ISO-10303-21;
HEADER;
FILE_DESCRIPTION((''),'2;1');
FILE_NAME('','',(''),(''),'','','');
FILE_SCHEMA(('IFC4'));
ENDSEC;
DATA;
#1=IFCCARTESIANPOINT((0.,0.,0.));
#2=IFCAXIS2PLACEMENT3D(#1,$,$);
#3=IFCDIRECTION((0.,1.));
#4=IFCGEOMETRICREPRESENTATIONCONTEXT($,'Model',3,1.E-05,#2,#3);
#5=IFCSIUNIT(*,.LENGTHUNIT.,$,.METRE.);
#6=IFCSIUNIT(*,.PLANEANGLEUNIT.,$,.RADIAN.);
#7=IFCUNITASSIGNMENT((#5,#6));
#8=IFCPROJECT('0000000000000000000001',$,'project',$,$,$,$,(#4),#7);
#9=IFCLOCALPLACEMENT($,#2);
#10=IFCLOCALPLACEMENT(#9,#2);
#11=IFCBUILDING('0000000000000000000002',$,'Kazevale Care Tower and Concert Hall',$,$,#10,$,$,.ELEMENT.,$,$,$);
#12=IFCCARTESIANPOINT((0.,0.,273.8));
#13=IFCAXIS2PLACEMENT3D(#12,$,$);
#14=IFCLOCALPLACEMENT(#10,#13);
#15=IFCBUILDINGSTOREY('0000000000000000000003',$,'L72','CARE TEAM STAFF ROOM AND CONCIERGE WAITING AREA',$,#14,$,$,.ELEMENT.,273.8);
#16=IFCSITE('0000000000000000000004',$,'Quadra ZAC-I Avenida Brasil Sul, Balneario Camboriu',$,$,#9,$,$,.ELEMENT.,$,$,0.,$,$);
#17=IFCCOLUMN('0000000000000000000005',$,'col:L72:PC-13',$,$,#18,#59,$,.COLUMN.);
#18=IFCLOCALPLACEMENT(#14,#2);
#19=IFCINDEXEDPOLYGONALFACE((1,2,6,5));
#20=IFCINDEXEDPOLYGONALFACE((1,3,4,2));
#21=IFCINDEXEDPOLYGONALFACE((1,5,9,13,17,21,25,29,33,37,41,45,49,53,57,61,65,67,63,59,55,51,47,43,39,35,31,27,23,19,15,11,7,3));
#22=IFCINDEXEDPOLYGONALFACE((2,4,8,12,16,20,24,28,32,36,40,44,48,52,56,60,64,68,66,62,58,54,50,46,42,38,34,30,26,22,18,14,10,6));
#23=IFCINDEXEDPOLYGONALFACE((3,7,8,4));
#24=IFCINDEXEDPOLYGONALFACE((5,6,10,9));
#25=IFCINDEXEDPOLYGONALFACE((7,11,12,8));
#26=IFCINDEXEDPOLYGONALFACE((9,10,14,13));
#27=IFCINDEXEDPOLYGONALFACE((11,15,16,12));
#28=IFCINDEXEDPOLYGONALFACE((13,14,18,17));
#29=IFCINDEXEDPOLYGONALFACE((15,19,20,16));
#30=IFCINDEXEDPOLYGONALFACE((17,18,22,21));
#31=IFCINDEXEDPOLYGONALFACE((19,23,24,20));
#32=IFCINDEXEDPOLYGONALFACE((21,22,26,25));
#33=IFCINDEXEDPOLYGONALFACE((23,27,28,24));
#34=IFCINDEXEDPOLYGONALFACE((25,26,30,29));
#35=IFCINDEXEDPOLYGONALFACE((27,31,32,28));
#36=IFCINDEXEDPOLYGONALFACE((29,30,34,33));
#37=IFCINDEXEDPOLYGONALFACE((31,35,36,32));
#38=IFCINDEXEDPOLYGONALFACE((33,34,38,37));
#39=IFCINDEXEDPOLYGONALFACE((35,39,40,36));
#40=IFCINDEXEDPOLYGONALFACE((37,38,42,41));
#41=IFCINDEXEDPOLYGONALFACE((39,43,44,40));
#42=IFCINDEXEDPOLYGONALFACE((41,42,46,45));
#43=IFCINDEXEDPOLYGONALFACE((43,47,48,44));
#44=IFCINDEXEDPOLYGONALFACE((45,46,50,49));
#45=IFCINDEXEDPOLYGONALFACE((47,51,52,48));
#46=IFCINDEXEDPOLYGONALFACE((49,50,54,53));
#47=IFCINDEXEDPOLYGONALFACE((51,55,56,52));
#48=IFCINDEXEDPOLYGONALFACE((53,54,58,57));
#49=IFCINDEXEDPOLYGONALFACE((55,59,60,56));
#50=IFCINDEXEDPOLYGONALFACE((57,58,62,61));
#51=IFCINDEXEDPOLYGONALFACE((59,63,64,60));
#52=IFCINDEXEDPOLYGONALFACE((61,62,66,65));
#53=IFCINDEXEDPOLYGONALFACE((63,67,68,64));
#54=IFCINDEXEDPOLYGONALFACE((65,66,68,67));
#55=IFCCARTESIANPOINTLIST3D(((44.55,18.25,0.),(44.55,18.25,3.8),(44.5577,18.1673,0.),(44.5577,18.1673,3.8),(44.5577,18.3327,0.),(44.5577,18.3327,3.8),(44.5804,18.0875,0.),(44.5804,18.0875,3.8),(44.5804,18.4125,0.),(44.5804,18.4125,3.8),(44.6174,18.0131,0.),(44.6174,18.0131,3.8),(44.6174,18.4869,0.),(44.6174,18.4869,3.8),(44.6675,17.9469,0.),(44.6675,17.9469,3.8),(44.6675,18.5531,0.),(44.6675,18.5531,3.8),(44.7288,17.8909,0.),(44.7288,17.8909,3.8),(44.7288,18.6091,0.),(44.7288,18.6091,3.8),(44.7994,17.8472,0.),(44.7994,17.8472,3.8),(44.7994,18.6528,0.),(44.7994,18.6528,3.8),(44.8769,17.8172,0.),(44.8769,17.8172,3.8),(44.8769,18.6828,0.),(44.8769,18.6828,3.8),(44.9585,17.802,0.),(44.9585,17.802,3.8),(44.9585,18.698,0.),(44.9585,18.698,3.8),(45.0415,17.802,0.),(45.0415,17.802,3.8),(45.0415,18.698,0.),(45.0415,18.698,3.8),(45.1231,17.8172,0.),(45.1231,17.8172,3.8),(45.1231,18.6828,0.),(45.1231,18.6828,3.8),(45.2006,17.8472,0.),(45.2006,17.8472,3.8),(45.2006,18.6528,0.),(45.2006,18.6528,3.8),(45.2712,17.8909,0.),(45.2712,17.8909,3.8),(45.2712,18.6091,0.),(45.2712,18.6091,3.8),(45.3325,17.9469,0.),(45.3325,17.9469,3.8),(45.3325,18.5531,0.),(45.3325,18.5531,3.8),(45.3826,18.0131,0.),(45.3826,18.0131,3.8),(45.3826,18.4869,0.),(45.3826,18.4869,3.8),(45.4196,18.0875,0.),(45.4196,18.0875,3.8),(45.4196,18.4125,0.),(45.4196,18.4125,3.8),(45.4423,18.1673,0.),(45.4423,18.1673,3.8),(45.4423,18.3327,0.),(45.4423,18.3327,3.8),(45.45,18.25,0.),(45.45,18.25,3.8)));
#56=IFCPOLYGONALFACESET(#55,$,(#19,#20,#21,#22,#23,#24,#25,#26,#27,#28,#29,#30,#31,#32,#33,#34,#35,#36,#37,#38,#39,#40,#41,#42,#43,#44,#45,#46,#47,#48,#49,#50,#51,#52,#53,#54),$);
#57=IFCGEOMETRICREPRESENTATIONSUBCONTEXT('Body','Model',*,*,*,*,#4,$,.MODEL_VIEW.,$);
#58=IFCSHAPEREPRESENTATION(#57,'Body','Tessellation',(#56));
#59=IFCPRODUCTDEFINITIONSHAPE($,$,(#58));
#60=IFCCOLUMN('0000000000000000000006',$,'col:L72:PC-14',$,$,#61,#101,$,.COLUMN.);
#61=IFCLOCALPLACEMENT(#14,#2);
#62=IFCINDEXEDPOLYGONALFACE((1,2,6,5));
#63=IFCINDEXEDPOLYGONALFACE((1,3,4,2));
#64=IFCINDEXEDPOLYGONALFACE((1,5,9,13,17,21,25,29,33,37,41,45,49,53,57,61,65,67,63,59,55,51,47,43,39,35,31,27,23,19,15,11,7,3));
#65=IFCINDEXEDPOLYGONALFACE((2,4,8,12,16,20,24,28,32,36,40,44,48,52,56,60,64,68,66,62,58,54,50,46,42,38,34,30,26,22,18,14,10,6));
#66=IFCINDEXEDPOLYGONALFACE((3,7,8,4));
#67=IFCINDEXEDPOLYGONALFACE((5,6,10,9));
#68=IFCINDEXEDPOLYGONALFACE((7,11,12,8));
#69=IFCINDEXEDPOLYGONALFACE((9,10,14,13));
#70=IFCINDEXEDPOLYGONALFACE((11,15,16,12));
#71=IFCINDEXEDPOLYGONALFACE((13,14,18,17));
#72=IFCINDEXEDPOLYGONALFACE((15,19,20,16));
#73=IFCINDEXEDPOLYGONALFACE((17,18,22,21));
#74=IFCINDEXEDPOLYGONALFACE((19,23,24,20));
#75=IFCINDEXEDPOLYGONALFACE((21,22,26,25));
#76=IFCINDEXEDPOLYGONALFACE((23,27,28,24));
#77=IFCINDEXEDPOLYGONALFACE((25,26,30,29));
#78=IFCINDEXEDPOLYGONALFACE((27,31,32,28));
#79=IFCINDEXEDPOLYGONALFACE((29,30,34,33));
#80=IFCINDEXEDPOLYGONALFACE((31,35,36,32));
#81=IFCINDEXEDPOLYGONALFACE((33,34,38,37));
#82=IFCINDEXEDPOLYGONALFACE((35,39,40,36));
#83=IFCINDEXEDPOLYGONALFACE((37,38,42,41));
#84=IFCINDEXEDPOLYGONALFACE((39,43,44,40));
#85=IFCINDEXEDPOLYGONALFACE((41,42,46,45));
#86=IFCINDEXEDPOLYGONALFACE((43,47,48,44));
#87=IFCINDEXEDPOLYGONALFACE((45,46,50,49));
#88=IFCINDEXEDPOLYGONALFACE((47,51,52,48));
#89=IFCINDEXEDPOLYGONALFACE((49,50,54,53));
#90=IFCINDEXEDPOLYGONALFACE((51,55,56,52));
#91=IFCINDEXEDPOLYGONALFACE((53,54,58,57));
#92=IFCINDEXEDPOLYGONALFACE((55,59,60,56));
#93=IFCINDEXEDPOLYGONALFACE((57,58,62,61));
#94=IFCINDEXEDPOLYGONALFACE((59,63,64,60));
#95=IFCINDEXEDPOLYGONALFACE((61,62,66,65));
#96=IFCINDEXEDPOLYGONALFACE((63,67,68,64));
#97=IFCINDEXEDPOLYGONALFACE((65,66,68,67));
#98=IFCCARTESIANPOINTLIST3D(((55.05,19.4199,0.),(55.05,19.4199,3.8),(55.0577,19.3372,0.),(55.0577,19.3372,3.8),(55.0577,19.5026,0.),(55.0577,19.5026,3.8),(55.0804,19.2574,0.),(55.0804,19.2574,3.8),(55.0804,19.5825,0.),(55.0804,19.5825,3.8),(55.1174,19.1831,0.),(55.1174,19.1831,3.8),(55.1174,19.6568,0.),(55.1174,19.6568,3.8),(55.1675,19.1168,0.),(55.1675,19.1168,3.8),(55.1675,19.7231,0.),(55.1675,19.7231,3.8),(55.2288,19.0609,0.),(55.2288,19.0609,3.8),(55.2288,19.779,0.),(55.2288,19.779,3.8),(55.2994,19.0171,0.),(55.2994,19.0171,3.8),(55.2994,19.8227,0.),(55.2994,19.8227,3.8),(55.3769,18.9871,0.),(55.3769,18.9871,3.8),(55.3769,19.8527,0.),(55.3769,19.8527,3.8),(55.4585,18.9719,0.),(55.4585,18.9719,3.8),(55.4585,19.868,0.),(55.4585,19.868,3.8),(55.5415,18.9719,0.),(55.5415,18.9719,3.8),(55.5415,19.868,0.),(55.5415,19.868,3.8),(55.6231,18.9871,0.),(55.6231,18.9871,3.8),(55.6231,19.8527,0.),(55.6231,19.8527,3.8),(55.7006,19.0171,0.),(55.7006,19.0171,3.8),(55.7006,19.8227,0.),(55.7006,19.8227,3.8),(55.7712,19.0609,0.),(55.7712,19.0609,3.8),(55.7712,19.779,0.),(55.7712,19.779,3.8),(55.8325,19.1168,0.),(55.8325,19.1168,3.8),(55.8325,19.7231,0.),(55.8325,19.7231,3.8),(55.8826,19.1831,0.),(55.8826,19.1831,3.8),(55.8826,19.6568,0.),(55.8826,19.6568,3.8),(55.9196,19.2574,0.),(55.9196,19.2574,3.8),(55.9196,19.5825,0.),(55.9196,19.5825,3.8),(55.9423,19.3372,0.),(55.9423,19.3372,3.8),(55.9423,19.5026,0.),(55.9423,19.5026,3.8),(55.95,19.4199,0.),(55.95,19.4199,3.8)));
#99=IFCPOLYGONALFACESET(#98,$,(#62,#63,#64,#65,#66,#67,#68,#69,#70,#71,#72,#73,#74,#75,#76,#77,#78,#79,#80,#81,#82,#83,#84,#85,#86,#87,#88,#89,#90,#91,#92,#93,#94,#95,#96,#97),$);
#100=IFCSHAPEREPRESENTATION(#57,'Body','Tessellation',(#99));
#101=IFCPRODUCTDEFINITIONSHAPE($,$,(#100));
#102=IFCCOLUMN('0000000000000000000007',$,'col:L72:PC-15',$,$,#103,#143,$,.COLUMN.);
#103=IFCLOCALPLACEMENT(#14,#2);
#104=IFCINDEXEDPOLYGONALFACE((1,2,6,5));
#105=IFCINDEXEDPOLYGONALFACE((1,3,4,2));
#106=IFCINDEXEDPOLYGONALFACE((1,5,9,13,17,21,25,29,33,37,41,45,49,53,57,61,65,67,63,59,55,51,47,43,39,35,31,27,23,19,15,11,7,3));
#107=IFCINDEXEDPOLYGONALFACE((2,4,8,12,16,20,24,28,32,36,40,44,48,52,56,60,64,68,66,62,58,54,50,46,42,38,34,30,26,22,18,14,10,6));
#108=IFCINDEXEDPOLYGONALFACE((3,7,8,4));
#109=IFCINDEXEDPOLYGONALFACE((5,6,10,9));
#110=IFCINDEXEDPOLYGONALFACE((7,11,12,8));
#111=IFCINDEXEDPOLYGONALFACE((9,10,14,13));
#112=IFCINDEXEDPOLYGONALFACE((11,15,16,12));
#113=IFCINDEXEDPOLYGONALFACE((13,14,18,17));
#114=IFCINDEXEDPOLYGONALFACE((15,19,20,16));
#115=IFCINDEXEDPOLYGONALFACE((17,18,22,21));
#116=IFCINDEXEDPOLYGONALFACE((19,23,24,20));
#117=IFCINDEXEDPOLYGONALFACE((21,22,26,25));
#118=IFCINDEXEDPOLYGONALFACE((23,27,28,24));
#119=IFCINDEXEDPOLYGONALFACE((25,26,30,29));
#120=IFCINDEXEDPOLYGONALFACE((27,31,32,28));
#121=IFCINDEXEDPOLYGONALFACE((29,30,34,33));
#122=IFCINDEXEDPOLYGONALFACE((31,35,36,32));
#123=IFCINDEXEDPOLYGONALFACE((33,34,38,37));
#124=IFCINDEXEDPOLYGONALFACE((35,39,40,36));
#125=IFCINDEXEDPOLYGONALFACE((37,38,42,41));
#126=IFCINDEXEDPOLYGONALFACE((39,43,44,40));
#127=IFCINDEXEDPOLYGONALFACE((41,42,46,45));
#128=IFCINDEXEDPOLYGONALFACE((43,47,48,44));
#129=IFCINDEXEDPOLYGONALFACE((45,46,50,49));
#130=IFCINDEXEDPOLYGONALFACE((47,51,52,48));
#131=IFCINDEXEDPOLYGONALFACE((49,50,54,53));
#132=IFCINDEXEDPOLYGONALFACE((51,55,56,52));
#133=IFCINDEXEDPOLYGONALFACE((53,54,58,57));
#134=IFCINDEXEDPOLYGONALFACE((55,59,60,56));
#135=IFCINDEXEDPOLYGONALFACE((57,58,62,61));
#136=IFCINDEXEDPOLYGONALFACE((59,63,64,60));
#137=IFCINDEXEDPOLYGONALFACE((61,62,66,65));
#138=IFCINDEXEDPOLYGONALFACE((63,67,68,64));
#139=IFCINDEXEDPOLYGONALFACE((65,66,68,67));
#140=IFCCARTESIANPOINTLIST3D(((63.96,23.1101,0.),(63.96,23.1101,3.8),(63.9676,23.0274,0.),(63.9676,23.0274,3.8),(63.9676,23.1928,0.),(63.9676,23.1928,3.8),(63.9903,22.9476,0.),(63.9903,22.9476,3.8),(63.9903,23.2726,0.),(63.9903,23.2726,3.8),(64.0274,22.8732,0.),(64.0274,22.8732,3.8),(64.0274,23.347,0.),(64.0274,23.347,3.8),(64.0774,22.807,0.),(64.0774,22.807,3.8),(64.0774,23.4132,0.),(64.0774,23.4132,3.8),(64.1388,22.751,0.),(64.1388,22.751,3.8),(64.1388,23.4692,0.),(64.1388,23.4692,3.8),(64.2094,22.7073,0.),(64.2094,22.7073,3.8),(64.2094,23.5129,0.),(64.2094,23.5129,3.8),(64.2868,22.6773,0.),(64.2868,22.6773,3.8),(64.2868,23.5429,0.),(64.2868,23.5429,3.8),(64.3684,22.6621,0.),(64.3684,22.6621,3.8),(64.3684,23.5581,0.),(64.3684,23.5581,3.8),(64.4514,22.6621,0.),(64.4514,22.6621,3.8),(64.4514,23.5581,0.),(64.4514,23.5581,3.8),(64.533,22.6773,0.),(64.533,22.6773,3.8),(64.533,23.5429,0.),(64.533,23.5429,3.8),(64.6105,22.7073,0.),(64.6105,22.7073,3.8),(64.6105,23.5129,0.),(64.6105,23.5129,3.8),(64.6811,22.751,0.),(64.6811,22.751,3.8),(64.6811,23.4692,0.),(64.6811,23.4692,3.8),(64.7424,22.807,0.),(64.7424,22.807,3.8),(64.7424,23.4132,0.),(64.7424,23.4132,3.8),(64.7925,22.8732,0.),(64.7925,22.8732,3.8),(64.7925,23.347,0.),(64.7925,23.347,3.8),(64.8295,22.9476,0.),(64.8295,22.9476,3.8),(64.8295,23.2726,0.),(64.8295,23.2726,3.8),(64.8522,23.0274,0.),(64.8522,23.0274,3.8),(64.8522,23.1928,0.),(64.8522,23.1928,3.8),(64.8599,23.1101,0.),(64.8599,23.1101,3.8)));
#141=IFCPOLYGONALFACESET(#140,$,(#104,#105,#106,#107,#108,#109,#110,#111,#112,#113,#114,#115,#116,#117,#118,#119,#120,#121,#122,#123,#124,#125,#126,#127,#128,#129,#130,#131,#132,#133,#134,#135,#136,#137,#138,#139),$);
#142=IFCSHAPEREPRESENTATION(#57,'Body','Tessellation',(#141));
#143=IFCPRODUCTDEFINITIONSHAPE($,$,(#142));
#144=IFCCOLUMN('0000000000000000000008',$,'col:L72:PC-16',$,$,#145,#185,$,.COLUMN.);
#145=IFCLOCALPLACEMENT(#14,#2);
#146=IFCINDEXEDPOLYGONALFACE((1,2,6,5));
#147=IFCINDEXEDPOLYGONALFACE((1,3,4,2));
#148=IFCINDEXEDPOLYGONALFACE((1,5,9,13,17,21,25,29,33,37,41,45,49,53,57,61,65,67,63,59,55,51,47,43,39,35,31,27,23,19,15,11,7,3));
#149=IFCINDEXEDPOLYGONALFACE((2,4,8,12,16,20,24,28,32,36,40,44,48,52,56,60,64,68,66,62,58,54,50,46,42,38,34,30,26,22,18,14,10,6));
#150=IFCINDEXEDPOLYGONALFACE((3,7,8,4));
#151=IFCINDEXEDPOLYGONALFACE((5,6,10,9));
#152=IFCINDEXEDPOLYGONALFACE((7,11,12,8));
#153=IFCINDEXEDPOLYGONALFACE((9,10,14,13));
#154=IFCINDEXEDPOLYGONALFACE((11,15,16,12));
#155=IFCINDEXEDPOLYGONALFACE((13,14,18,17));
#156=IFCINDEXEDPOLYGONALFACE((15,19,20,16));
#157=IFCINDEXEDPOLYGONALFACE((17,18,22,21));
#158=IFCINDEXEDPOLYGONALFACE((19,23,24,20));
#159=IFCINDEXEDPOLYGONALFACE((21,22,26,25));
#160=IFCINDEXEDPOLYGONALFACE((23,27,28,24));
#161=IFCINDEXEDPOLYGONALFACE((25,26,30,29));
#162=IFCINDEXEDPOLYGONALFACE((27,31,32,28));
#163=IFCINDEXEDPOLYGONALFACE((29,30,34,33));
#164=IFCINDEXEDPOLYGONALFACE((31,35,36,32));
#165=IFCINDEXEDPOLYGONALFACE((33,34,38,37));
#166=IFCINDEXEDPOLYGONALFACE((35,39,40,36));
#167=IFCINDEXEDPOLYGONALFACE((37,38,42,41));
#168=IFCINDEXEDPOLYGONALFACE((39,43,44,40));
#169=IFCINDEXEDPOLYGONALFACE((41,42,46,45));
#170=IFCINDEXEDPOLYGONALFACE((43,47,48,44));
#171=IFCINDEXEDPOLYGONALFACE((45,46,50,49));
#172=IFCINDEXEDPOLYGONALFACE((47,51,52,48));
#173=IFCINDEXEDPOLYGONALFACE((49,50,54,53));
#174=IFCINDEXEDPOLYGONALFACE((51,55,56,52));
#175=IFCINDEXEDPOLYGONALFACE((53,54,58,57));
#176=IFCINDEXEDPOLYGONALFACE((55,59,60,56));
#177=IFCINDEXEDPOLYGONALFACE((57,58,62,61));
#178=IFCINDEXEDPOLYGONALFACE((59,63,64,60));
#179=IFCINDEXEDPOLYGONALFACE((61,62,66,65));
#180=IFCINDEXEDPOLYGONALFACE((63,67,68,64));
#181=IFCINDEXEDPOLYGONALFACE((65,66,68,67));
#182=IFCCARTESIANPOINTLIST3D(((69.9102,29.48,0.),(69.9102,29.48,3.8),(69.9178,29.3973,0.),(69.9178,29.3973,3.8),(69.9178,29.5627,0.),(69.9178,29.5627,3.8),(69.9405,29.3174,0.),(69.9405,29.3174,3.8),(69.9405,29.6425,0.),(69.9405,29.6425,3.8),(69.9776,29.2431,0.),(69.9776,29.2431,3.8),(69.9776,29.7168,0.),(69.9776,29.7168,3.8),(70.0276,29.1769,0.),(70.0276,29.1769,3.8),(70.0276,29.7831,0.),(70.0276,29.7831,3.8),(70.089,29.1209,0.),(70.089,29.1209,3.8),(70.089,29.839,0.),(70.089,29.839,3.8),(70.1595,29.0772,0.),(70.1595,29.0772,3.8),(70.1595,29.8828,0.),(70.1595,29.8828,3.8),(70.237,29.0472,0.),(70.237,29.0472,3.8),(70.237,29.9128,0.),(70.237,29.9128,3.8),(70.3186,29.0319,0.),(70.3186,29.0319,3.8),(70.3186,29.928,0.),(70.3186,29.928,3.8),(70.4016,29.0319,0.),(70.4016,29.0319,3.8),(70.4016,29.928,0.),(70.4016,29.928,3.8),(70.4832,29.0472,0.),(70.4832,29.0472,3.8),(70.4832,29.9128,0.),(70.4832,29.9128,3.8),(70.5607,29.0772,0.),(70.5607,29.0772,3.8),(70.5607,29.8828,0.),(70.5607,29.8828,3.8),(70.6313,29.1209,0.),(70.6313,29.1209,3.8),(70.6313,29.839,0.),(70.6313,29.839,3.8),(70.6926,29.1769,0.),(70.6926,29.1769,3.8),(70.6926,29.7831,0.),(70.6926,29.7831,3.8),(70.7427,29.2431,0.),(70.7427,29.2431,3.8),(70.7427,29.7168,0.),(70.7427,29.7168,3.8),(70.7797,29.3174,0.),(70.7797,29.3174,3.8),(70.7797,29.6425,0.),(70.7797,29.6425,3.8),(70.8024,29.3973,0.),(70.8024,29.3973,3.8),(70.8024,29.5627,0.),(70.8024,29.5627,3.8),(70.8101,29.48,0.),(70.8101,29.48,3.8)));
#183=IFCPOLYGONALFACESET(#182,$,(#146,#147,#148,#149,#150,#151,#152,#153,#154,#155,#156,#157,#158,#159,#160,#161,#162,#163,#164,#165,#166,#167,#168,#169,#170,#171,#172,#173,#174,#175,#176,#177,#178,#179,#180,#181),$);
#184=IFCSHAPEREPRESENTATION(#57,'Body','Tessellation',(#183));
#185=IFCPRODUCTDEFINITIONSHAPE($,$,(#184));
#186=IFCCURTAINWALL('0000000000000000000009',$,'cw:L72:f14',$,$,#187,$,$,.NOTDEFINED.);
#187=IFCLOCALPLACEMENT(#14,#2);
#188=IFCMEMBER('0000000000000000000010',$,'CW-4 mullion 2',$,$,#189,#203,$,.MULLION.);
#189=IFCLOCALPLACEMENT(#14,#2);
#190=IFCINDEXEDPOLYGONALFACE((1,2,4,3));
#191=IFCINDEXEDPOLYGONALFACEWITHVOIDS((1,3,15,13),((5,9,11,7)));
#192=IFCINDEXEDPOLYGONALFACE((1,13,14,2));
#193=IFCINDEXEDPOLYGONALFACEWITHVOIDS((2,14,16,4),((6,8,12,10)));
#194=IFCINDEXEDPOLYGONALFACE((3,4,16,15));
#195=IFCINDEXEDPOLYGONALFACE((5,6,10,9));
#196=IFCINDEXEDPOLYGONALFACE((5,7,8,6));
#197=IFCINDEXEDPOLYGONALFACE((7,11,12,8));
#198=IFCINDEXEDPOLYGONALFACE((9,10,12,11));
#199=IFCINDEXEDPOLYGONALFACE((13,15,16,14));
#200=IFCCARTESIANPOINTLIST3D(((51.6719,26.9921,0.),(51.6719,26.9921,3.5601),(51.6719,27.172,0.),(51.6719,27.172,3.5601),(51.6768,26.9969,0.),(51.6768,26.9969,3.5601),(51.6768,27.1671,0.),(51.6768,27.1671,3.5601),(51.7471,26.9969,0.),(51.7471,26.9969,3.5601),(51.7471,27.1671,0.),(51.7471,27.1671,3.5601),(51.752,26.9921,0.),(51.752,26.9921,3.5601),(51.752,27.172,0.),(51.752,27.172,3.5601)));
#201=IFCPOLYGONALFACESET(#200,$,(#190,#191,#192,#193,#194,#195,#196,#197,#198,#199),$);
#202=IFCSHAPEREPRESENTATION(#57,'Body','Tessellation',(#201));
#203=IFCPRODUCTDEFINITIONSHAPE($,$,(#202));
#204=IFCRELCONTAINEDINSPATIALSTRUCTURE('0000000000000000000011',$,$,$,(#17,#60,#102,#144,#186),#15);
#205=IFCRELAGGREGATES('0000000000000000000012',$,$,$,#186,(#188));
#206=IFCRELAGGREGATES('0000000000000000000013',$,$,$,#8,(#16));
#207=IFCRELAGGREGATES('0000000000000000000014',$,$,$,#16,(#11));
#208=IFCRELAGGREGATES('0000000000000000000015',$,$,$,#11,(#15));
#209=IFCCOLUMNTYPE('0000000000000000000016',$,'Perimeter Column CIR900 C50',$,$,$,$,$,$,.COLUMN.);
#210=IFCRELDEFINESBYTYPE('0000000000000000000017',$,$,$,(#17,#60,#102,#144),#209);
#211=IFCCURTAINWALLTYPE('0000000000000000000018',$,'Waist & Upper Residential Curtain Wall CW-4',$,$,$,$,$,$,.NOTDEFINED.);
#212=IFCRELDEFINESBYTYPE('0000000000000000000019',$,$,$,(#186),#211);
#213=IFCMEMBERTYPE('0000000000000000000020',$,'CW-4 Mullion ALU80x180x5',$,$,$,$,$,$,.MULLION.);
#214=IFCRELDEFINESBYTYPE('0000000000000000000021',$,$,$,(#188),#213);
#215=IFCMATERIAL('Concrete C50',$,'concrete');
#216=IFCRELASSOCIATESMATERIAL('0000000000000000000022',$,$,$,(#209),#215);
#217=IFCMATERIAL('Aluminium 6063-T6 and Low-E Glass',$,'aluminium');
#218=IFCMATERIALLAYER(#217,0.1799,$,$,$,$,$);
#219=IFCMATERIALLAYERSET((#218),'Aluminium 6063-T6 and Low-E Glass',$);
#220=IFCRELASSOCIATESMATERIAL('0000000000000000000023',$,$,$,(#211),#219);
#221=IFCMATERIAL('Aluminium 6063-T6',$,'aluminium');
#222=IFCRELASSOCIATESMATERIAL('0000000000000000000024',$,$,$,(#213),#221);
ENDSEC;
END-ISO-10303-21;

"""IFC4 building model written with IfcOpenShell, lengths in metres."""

from ifc_helpers import new_model, si_unit, direction, frame, origin, origin_2d, place, context, subcontext, project, spatial, hollow_rectangle, circle, extrude, material, layer, layer_set, material_profile, profile_set, type_object, element, aggregate, save


model = new_model("IFC4")

# Units and contexts
model_context = context("Model", 3, precision=1e-05, world=origin(), true_north=direction((0.0, 1.0)))
body_context = subcontext(model_context, "Body", "Model", "MODEL_VIEW")
ifc_project = project(units=[si_unit("LENGTHUNIT", "METRE"), si_unit("PLANEANGLEUNIT", "RADIAN")], contexts=[model_context])

# Site, building, storey
site_placement = place(None, origin())
site = spatial("IfcSite", under=ifc_project, at=site_placement, Name="Quadra ZAC-I Avenida Brasil Sul, Balneario Camboriu", CompositionType="ELEMENT", RefElevation=0.0)
building_placement = place(site_placement, origin())
building = spatial("IfcBuilding", under=site, at=building_placement, Name="Kazevale Care Tower and Concert Hall", CompositionType="ELEMENT")
storey_placement = place(building_placement, frame((0.0, 0.0, 273.8)))
storey = spatial("IfcBuildingStorey", under=building, at=storey_placement, Name="L72", Description="CARE TEAM STAFF ROOM AND CONCIERGE WAITING AREA", CompositionType="ELEMENT", Elevation=273.8)

# Columns
ifc_material_1 = material(Name="Concrete C50", Category="concrete")
ifc_material_profile_1 = material_profile(ifc_material_1, circle(Radius=0.45, at=origin_2d()), Name="RC-CIR900")
ifc_profile_set_1 = profile_set([ifc_material_profile_1], Name="Concrete C50")
column_type = type_object("IfcColumnType", Name="Perimeter Column CIR900 C50", PredefinedType="COLUMN", material=ifc_profile_set_1)
for number, where, z_axis, x_axis, name in (
    (1, (45.0, 18.25, 0.0), (0.0, 0.0, 1.0), (1.0, 0.0, 0.0), "col:L72:PC-13"),
    (2, (55.5, 19.4199, 0.0), (0.0, 0.0, 1.0), (1.0, 0.0, 0.0), "col:L72:PC-14"),
    (3, (64.4099, 23.1101, 0.0), (0.0, 0.0, 1.0), (1.0, 0.0, 0.0), "col:L72:PC-15"),
    (4, (70.3601, 29.48, 0.0), (0.0, 0.0, 1.0), (1.0, 0.0, 0.0), "col:L72:PC-16"),
):
    element("IfcColumn", number, at=place(storey_placement, frame(where, z_axis=z_axis, x_axis=x_axis)), inside=storey, type_object=column_type, Name=name, PredefinedType="COLUMN", context=body_context, shape_type="SweptSolid", body=[
        extrude(circle(Radius=0.45, at=origin_2d()), origin(), (0.0, 0.0, 1.0), 3.8),
    ])

# Curtain wall, member
ifc_material_2 = material(Name="Aluminium 6063-T6 and Low-E Glass", Category="aluminium")
ifc_layer_1 = layer(ifc_material_2, 0.1799)
ifc_layer_set_1 = layer_set([ifc_layer_1], Name="Aluminium 6063-T6 and Low-E Glass")
curtain_wall_type_1 = type_object("IfcCurtainWallType", Name="Waist & Upper Residential Curtain Wall CW-4", PredefinedType="NOTDEFINED", material=ifc_layer_set_1)
curtain_wall_1_placement = place(storey_placement, origin())
curtain_wall_1 = element("IfcCurtainWall", 5, at=curtain_wall_1_placement, inside=storey, type_object=curtain_wall_type_1, Name="cw:L72:f14", PredefinedType="NOTDEFINED")
ifc_material_3 = material(Name="Aluminium 6063-T6", Category="aluminium")
ifc_material_profile_2 = material_profile(ifc_material_3, hollow_rectangle(XDim=0.0801, YDim=0.1799, WallThickness=0.0049, at=origin_2d()), Name="ALU80x180x5")
ifc_profile_set_2 = profile_set([ifc_material_profile_2], Name="Aluminium 6063-T6")
member_type_1 = type_object("IfcMemberType", Name="CW-4 Mullion ALU80x180x5", PredefinedType="MULLION", material=ifc_profile_set_2)
member_1_placement = place(storey_placement, frame((51.7119, 27.082, 0.0), z_axis=(0.0, 0.0, 1.0), x_axis=(1.0, 0.0, 0.0)))
member_1 = element("IfcMember", 6, at=member_1_placement, type_object=member_type_1, Name="CW-4 mullion 2", PredefinedType="MULLION", context=body_context, shape_type="SweptSolid", body=[
    extrude(hollow_rectangle(XDim=0.0801, YDim=0.1799, WallThickness=0.0049, at=origin_2d()), origin(), (0.0, 0.0, 1.0), 3.5601),
])
aggregate(curtain_wall_1, [member_1])

save(model, "model.ifc")
